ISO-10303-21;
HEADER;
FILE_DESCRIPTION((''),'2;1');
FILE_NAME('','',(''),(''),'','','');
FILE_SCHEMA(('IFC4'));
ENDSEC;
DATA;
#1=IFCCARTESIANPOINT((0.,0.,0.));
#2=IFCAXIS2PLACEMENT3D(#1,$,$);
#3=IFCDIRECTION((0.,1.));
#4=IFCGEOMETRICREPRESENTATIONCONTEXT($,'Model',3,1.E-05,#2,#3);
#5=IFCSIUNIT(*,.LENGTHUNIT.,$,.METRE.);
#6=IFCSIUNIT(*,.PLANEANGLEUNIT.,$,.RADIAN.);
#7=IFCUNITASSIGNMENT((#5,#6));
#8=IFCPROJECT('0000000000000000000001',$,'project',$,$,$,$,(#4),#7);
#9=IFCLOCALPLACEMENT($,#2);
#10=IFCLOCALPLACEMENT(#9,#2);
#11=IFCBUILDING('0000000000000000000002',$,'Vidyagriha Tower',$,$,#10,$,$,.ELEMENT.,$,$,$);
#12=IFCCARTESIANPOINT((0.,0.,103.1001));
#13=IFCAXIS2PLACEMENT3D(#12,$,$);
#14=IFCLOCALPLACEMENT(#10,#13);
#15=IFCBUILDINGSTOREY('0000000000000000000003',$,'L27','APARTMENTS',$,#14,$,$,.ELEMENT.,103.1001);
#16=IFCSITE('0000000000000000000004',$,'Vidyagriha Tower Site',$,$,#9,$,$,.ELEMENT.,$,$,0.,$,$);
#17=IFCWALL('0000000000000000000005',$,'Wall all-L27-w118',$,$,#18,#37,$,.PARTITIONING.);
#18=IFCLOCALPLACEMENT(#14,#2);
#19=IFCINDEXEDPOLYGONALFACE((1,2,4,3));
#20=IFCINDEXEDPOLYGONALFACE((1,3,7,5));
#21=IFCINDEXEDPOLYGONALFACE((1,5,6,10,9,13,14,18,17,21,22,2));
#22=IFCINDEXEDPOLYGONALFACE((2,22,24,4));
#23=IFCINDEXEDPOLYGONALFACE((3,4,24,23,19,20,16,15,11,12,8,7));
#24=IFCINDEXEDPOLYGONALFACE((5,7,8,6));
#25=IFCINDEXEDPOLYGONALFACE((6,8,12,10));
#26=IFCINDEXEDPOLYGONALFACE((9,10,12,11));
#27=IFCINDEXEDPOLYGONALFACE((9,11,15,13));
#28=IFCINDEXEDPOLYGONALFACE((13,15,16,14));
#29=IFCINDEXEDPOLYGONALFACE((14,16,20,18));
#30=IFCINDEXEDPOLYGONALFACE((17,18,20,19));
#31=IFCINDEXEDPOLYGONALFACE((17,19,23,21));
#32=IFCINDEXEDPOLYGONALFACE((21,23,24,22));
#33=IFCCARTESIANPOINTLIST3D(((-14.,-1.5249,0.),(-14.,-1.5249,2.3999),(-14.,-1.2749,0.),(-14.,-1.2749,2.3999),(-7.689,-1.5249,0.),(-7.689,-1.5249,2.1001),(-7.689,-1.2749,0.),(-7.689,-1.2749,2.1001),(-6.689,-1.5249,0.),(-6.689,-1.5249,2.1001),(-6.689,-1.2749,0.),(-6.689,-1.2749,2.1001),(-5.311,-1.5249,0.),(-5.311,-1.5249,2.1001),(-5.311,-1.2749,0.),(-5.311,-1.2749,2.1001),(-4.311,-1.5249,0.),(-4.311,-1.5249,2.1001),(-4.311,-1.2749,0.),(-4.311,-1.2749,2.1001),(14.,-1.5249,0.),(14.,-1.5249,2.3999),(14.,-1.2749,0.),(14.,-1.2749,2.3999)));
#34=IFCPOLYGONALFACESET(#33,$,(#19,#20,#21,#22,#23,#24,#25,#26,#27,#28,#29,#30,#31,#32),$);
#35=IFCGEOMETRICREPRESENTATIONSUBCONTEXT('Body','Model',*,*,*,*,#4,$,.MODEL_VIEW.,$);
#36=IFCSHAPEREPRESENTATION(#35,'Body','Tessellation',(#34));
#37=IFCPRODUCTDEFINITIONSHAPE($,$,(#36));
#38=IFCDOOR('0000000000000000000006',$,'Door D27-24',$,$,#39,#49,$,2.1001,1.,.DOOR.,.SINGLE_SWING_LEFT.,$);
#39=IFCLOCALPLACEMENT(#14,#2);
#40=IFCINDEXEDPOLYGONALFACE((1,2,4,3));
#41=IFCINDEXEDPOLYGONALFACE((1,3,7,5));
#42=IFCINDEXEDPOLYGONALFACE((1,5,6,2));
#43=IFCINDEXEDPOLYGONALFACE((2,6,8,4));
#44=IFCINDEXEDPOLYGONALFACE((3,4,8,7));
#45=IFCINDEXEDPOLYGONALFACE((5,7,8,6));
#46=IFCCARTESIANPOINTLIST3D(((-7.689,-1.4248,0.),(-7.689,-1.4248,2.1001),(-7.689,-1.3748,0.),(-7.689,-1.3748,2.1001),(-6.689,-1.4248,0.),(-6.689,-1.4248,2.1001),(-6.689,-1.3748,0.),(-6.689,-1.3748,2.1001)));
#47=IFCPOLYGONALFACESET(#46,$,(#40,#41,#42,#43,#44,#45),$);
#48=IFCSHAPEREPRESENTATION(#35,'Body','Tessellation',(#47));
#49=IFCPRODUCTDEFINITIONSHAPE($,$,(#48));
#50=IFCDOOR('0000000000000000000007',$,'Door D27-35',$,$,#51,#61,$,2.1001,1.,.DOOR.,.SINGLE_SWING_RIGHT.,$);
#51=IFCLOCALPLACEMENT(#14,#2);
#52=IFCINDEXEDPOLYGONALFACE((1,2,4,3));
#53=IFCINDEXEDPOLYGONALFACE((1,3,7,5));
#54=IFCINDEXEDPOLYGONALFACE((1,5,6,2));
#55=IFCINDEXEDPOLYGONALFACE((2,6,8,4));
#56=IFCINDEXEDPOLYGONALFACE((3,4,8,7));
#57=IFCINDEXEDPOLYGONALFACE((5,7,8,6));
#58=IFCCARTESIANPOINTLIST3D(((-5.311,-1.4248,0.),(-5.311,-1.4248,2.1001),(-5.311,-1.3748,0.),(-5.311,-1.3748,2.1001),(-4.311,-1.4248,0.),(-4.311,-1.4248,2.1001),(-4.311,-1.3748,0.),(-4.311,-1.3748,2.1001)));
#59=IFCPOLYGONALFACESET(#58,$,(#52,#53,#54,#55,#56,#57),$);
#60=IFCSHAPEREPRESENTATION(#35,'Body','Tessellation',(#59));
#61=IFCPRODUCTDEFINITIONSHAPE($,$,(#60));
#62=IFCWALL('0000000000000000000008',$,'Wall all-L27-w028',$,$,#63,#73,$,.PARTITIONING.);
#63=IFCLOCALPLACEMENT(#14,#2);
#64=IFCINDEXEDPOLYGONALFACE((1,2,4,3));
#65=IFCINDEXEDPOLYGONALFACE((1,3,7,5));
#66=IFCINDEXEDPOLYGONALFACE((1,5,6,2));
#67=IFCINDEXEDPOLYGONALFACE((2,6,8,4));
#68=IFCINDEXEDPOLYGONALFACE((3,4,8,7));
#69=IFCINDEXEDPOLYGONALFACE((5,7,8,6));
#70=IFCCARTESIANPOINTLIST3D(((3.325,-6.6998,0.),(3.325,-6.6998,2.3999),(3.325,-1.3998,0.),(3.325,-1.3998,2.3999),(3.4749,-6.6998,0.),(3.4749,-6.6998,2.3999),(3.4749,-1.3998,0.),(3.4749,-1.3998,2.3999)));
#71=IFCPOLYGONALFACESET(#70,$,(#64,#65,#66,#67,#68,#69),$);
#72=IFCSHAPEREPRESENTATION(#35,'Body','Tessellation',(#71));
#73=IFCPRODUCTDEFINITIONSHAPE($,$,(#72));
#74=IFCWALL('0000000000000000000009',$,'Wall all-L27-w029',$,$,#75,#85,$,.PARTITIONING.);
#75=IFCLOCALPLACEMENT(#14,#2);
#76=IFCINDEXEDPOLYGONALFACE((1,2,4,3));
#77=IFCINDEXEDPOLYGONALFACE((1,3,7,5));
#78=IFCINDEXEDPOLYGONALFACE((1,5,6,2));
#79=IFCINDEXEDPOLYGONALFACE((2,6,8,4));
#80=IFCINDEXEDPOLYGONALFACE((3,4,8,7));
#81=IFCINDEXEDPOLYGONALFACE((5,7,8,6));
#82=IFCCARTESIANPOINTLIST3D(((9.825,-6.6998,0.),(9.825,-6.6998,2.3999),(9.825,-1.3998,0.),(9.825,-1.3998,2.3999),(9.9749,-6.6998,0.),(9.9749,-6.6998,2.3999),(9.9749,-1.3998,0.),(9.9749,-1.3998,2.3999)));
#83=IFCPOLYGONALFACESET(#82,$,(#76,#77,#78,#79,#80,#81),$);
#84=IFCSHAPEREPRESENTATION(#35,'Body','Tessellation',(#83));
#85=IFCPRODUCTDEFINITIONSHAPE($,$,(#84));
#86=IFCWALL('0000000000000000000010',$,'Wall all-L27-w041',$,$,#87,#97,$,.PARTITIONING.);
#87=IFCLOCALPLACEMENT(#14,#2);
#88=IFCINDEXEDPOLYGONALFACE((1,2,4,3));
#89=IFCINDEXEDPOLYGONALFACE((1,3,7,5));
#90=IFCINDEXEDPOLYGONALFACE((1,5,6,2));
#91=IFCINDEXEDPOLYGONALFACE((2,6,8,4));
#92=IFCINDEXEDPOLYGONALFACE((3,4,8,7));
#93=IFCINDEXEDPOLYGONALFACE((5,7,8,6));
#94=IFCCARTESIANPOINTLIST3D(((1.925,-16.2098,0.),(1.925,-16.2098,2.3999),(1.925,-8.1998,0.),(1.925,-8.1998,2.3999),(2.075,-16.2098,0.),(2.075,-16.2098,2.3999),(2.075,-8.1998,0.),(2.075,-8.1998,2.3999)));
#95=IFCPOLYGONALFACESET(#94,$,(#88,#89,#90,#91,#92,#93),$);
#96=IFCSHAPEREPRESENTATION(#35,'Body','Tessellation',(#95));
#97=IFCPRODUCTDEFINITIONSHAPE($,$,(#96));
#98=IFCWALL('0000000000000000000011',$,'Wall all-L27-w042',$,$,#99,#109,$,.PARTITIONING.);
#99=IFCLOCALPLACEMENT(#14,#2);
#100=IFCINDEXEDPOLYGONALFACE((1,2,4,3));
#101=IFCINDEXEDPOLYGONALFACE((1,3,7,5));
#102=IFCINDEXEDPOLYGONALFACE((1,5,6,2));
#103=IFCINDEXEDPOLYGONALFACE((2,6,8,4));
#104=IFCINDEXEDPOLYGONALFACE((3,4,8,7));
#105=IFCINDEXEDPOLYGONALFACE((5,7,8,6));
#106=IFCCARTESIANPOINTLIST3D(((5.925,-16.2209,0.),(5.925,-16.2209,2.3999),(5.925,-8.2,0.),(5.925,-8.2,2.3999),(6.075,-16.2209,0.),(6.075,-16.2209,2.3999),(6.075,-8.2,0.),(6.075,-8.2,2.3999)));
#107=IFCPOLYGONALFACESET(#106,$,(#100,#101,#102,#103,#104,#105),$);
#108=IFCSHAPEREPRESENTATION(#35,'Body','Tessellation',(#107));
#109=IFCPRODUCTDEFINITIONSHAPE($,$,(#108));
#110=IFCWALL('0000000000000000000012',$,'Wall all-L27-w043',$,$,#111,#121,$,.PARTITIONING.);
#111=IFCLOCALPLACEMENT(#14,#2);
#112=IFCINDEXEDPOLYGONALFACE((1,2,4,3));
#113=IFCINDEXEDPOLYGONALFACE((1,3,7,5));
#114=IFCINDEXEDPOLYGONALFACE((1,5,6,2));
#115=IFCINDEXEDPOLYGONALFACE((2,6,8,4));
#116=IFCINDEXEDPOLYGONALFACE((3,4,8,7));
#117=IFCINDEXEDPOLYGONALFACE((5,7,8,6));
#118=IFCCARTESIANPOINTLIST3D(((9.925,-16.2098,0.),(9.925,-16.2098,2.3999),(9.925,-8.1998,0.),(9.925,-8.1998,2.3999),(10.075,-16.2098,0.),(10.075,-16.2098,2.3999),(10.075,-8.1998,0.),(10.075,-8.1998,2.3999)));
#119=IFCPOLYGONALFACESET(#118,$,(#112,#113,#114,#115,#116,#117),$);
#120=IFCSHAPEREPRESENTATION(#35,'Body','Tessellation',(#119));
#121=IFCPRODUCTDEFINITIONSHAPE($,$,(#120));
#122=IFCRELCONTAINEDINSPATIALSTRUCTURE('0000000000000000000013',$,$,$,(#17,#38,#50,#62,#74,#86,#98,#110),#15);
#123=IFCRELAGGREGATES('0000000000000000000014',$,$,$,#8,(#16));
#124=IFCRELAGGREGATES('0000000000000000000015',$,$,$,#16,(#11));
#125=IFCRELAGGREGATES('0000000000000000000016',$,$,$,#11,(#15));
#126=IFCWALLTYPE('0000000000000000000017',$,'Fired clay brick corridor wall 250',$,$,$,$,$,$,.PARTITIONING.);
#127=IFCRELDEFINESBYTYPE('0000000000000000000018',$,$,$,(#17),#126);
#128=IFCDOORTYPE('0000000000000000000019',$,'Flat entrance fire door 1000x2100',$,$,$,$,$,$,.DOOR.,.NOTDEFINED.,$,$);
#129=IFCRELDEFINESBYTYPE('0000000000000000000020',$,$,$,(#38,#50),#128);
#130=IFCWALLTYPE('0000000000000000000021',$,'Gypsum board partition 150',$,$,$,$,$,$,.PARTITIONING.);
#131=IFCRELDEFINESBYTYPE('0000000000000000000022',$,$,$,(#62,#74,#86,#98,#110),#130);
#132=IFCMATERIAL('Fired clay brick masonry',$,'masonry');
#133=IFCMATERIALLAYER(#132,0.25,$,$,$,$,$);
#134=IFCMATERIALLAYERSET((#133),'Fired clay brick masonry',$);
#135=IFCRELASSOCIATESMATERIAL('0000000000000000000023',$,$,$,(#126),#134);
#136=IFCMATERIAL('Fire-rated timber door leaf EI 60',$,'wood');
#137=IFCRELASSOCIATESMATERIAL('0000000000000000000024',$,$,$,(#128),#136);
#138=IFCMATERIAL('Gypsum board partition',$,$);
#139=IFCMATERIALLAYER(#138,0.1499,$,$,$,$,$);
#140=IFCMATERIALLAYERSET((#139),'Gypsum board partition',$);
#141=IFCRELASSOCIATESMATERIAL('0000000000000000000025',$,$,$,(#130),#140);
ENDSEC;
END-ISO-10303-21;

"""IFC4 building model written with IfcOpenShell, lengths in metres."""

from ifc_helpers import new_model, si_unit, direction, frame, frame_2d, origin, place, context, subcontext, project, spatial, rectangle, extrude, material, layer, layer_set, type_object, element, fill, save


model = new_model("IFC4")

# Units and contexts
model_context = context("Model", 3, precision=1e-05, world=origin(), true_north=direction((0.0, 1.0)))
body_context = subcontext(model_context, "Body", "Model", "MODEL_VIEW")
ifc_project = project(units=[si_unit("LENGTHUNIT", "METRE"), si_unit("PLANEANGLEUNIT", "RADIAN")], contexts=[model_context])

# Site, building, storey
site_placement = place(None, origin())
site = spatial("IfcSite", under=ifc_project, at=site_placement, Name="Vidyagriha Tower Site", CompositionType="ELEMENT", RefElevation=0.0)
building_placement = place(site_placement, origin())
building = spatial("IfcBuilding", under=site, at=building_placement, Name="Vidyagriha Tower", CompositionType="ELEMENT")
storey_placement = place(building_placement, frame((0.0, 0.0, 103.1001)))
storey = spatial("IfcBuildingStorey", under=building, at=storey_placement, Name="L27", Description="APARTMENTS", CompositionType="ELEMENT", Elevation=103.1001)

# Wall, openings, doors
ifc_material_1 = material(Name="Fired clay brick masonry", Category="masonry")
ifc_layer_1 = layer(ifc_material_1, 0.25)
ifc_layer_set_1 = layer_set([ifc_layer_1], Name="Fired clay brick masonry")
wall_type_1 = type_object("IfcWallType", Name="Fired clay brick corridor wall 250", PredefinedType="PARTITIONING", material=ifc_layer_set_1)
ifc_material_2 = material(Name="Fire-rated timber door leaf EI 60", Category="wood")
door_type_1 = type_object("IfcDoorType", Name="Flat entrance fire door 1000x2100", OperationType="NOTDEFINED", PredefinedType="DOOR", material=ifc_material_2)
wall_1_placement = place(storey_placement, frame((14.0, -1.3999, 0.0), z_axis=(0.0, 0.0, 1.0), x_axis=(-1.0, 0.0, 0.0)))
wall_1 = element("IfcWall", 1, at=wall_1_placement, inside=storey, type_object=wall_type_1, Name="Wall all-L27-w118", PredefinedType="PARTITIONING", context=body_context, shape_type="SweptSolid", body=[
    extrude(rectangle(XDim=28.0, YDim=0.25, at=frame_2d((14.0, 0.0))), origin(), (0.0, 0.0, 1.0), 2.3999),
])
opening_1_placement = place(wall_1_placement, frame((20.689, 0.0, 0.0)))
opening_1 = element("IfcOpeningElement", 2, at=opening_1_placement, cuts=wall_1, PredefinedType="OPENING", context=body_context, shape_type="SweptSolid", body=[
    extrude(rectangle(XDim=1.0, YDim=2.1001, at=frame_2d((0.5, 1.05))), frame((0.0, 0.135, 0.0), z_axis=(0.0, -1.0, 0.0), x_axis=(1.0, 0.0, 0.0)), (0.0, 0.0, 1.0), 0.27),
])
opening_2_placement = place(wall_1_placement, frame((18.311, 0.0, 0.0)))
opening_2 = element("IfcOpeningElement", 3, at=opening_2_placement, cuts=wall_1, PredefinedType="OPENING", context=body_context, shape_type="SweptSolid", body=[
    extrude(rectangle(XDim=1.0, YDim=2.1001, at=frame_2d((0.5, 1.05))), frame((0.0, 0.135, 0.0), z_axis=(0.0, -1.0, 0.0), x_axis=(1.0, 0.0, 0.0)), (0.0, 0.0, 1.0), 0.27),
])
door_1_placement = place(opening_1_placement, origin())
door_1 = element("IfcDoor", 4, at=door_1_placement, inside=storey, type_object=door_type_1, Name="Door D27-24", OperationType="SINGLE_SWING_LEFT", OverallHeight=2.1001, OverallWidth=1.0, PredefinedType="DOOR", context=body_context, shape_type="SweptSolid", body=[
    extrude(rectangle(XDim=1.0, YDim=2.1001, at=frame_2d((0.5, 1.05))), frame((0.0, 0.0249, 0.0), z_axis=(0.0, -1.0, 0.0), x_axis=(1.0, 0.0, 0.0)), (0.0, 0.0, 1.0), 0.05),
])
fill(opening_1, door_1)
door_2_placement = place(opening_2_placement, origin())
door_2 = element("IfcDoor", 5, at=door_2_placement, inside=storey, type_object=door_type_1, Name="Door D27-35", OperationType="SINGLE_SWING_RIGHT", OverallHeight=2.1001, OverallWidth=1.0, PredefinedType="DOOR", context=body_context, shape_type="SweptSolid", body=[
    extrude(rectangle(XDim=1.0, YDim=2.1001, at=frame_2d((0.5, 1.05))), frame((0.0, 0.0249, 0.0), z_axis=(0.0, -1.0, 0.0), x_axis=(1.0, 0.0, 0.0)), (0.0, 0.0, 1.0), 0.05),
])
fill(opening_2, door_2)

# Walls
ifc_material_3 = material(Name="Gypsum board partition")
ifc_layer_2 = layer(ifc_material_3, 0.1499)
ifc_layer_set_2 = layer_set([ifc_layer_2], Name="Gypsum board partition")
wall_type_2 = type_object("IfcWallType", Name="Gypsum board partition 150", PredefinedType="PARTITIONING", material=ifc_layer_set_2)
for number, where, z_axis, x_axis, name in (
    (6, (3.3999, -1.3999, 0.0), (0.0, 0.0, 1.0), (0.0, -1.0, 0.0), "Wall all-L27-w028"),
    (7, (9.8999, -1.3999, 0.0), (0.0, 0.0, 1.0), (0.0, -1.0, 0.0), "Wall all-L27-w029"),
):
    element("IfcWall", number, at=place(storey_placement, frame(where, z_axis=z_axis, x_axis=x_axis)), inside=storey, type_object=wall_type_2, Name=name, PredefinedType="PARTITIONING", context=body_context, shape_type="SweptSolid", body=[
        extrude(rectangle(XDim=5.3, YDim=0.1499, at=frame_2d((2.6499, 0.0))), origin(), (0.0, 0.0, 1.0), 2.3999),
    ])
wall_2_placement = place(storey_placement, frame((2.0, -8.2, 0.0), z_axis=(0.0, 0.0, 1.0), x_axis=(0.0, -1.0, 0.0)))
element("IfcWall", 8, at=wall_2_placement, inside=storey, type_object=wall_type_2, Name="Wall all-L27-w041", PredefinedType="PARTITIONING", context=body_context, shape_type="SweptSolid", body=[
    extrude(rectangle(XDim=8.01, YDim=0.1499, at=frame_2d((4.0049, 0.0))), origin(), (0.0, 0.0, 1.0), 2.3999),
])
wall_3_placement = place(storey_placement, frame((6.0, -8.2, 0.0), z_axis=(0.0, 0.0, 1.0), x_axis=(0.0, -1.0, 0.0)))
element("IfcWall", 9, at=wall_3_placement, inside=storey, type_object=wall_type_2, Name="Wall all-L27-w042", PredefinedType="PARTITIONING", context=body_context, shape_type="SweptSolid", body=[
    extrude(rectangle(XDim=8.021, YDim=0.1499, at=frame_2d((4.0105, 0.0))), origin(), (0.0, 0.0, 1.0), 2.3999),
])
wall_4_placement = place(storey_placement, frame((10.0, -8.2, 0.0), z_axis=(0.0, 0.0, 1.0), x_axis=(0.0, -1.0, 0.0)))
element("IfcWall", 10, at=wall_4_placement, inside=storey, type_object=wall_type_2, Name="Wall all-L27-w043", PredefinedType="PARTITIONING", context=body_context, shape_type="SweptSolid", body=[
    extrude(rectangle(XDim=8.01, YDim=0.1499, at=frame_2d((4.0049, 0.0))), origin(), (0.0, 0.0, 1.0), 2.3999),
])

save(model, "model.ifc")
